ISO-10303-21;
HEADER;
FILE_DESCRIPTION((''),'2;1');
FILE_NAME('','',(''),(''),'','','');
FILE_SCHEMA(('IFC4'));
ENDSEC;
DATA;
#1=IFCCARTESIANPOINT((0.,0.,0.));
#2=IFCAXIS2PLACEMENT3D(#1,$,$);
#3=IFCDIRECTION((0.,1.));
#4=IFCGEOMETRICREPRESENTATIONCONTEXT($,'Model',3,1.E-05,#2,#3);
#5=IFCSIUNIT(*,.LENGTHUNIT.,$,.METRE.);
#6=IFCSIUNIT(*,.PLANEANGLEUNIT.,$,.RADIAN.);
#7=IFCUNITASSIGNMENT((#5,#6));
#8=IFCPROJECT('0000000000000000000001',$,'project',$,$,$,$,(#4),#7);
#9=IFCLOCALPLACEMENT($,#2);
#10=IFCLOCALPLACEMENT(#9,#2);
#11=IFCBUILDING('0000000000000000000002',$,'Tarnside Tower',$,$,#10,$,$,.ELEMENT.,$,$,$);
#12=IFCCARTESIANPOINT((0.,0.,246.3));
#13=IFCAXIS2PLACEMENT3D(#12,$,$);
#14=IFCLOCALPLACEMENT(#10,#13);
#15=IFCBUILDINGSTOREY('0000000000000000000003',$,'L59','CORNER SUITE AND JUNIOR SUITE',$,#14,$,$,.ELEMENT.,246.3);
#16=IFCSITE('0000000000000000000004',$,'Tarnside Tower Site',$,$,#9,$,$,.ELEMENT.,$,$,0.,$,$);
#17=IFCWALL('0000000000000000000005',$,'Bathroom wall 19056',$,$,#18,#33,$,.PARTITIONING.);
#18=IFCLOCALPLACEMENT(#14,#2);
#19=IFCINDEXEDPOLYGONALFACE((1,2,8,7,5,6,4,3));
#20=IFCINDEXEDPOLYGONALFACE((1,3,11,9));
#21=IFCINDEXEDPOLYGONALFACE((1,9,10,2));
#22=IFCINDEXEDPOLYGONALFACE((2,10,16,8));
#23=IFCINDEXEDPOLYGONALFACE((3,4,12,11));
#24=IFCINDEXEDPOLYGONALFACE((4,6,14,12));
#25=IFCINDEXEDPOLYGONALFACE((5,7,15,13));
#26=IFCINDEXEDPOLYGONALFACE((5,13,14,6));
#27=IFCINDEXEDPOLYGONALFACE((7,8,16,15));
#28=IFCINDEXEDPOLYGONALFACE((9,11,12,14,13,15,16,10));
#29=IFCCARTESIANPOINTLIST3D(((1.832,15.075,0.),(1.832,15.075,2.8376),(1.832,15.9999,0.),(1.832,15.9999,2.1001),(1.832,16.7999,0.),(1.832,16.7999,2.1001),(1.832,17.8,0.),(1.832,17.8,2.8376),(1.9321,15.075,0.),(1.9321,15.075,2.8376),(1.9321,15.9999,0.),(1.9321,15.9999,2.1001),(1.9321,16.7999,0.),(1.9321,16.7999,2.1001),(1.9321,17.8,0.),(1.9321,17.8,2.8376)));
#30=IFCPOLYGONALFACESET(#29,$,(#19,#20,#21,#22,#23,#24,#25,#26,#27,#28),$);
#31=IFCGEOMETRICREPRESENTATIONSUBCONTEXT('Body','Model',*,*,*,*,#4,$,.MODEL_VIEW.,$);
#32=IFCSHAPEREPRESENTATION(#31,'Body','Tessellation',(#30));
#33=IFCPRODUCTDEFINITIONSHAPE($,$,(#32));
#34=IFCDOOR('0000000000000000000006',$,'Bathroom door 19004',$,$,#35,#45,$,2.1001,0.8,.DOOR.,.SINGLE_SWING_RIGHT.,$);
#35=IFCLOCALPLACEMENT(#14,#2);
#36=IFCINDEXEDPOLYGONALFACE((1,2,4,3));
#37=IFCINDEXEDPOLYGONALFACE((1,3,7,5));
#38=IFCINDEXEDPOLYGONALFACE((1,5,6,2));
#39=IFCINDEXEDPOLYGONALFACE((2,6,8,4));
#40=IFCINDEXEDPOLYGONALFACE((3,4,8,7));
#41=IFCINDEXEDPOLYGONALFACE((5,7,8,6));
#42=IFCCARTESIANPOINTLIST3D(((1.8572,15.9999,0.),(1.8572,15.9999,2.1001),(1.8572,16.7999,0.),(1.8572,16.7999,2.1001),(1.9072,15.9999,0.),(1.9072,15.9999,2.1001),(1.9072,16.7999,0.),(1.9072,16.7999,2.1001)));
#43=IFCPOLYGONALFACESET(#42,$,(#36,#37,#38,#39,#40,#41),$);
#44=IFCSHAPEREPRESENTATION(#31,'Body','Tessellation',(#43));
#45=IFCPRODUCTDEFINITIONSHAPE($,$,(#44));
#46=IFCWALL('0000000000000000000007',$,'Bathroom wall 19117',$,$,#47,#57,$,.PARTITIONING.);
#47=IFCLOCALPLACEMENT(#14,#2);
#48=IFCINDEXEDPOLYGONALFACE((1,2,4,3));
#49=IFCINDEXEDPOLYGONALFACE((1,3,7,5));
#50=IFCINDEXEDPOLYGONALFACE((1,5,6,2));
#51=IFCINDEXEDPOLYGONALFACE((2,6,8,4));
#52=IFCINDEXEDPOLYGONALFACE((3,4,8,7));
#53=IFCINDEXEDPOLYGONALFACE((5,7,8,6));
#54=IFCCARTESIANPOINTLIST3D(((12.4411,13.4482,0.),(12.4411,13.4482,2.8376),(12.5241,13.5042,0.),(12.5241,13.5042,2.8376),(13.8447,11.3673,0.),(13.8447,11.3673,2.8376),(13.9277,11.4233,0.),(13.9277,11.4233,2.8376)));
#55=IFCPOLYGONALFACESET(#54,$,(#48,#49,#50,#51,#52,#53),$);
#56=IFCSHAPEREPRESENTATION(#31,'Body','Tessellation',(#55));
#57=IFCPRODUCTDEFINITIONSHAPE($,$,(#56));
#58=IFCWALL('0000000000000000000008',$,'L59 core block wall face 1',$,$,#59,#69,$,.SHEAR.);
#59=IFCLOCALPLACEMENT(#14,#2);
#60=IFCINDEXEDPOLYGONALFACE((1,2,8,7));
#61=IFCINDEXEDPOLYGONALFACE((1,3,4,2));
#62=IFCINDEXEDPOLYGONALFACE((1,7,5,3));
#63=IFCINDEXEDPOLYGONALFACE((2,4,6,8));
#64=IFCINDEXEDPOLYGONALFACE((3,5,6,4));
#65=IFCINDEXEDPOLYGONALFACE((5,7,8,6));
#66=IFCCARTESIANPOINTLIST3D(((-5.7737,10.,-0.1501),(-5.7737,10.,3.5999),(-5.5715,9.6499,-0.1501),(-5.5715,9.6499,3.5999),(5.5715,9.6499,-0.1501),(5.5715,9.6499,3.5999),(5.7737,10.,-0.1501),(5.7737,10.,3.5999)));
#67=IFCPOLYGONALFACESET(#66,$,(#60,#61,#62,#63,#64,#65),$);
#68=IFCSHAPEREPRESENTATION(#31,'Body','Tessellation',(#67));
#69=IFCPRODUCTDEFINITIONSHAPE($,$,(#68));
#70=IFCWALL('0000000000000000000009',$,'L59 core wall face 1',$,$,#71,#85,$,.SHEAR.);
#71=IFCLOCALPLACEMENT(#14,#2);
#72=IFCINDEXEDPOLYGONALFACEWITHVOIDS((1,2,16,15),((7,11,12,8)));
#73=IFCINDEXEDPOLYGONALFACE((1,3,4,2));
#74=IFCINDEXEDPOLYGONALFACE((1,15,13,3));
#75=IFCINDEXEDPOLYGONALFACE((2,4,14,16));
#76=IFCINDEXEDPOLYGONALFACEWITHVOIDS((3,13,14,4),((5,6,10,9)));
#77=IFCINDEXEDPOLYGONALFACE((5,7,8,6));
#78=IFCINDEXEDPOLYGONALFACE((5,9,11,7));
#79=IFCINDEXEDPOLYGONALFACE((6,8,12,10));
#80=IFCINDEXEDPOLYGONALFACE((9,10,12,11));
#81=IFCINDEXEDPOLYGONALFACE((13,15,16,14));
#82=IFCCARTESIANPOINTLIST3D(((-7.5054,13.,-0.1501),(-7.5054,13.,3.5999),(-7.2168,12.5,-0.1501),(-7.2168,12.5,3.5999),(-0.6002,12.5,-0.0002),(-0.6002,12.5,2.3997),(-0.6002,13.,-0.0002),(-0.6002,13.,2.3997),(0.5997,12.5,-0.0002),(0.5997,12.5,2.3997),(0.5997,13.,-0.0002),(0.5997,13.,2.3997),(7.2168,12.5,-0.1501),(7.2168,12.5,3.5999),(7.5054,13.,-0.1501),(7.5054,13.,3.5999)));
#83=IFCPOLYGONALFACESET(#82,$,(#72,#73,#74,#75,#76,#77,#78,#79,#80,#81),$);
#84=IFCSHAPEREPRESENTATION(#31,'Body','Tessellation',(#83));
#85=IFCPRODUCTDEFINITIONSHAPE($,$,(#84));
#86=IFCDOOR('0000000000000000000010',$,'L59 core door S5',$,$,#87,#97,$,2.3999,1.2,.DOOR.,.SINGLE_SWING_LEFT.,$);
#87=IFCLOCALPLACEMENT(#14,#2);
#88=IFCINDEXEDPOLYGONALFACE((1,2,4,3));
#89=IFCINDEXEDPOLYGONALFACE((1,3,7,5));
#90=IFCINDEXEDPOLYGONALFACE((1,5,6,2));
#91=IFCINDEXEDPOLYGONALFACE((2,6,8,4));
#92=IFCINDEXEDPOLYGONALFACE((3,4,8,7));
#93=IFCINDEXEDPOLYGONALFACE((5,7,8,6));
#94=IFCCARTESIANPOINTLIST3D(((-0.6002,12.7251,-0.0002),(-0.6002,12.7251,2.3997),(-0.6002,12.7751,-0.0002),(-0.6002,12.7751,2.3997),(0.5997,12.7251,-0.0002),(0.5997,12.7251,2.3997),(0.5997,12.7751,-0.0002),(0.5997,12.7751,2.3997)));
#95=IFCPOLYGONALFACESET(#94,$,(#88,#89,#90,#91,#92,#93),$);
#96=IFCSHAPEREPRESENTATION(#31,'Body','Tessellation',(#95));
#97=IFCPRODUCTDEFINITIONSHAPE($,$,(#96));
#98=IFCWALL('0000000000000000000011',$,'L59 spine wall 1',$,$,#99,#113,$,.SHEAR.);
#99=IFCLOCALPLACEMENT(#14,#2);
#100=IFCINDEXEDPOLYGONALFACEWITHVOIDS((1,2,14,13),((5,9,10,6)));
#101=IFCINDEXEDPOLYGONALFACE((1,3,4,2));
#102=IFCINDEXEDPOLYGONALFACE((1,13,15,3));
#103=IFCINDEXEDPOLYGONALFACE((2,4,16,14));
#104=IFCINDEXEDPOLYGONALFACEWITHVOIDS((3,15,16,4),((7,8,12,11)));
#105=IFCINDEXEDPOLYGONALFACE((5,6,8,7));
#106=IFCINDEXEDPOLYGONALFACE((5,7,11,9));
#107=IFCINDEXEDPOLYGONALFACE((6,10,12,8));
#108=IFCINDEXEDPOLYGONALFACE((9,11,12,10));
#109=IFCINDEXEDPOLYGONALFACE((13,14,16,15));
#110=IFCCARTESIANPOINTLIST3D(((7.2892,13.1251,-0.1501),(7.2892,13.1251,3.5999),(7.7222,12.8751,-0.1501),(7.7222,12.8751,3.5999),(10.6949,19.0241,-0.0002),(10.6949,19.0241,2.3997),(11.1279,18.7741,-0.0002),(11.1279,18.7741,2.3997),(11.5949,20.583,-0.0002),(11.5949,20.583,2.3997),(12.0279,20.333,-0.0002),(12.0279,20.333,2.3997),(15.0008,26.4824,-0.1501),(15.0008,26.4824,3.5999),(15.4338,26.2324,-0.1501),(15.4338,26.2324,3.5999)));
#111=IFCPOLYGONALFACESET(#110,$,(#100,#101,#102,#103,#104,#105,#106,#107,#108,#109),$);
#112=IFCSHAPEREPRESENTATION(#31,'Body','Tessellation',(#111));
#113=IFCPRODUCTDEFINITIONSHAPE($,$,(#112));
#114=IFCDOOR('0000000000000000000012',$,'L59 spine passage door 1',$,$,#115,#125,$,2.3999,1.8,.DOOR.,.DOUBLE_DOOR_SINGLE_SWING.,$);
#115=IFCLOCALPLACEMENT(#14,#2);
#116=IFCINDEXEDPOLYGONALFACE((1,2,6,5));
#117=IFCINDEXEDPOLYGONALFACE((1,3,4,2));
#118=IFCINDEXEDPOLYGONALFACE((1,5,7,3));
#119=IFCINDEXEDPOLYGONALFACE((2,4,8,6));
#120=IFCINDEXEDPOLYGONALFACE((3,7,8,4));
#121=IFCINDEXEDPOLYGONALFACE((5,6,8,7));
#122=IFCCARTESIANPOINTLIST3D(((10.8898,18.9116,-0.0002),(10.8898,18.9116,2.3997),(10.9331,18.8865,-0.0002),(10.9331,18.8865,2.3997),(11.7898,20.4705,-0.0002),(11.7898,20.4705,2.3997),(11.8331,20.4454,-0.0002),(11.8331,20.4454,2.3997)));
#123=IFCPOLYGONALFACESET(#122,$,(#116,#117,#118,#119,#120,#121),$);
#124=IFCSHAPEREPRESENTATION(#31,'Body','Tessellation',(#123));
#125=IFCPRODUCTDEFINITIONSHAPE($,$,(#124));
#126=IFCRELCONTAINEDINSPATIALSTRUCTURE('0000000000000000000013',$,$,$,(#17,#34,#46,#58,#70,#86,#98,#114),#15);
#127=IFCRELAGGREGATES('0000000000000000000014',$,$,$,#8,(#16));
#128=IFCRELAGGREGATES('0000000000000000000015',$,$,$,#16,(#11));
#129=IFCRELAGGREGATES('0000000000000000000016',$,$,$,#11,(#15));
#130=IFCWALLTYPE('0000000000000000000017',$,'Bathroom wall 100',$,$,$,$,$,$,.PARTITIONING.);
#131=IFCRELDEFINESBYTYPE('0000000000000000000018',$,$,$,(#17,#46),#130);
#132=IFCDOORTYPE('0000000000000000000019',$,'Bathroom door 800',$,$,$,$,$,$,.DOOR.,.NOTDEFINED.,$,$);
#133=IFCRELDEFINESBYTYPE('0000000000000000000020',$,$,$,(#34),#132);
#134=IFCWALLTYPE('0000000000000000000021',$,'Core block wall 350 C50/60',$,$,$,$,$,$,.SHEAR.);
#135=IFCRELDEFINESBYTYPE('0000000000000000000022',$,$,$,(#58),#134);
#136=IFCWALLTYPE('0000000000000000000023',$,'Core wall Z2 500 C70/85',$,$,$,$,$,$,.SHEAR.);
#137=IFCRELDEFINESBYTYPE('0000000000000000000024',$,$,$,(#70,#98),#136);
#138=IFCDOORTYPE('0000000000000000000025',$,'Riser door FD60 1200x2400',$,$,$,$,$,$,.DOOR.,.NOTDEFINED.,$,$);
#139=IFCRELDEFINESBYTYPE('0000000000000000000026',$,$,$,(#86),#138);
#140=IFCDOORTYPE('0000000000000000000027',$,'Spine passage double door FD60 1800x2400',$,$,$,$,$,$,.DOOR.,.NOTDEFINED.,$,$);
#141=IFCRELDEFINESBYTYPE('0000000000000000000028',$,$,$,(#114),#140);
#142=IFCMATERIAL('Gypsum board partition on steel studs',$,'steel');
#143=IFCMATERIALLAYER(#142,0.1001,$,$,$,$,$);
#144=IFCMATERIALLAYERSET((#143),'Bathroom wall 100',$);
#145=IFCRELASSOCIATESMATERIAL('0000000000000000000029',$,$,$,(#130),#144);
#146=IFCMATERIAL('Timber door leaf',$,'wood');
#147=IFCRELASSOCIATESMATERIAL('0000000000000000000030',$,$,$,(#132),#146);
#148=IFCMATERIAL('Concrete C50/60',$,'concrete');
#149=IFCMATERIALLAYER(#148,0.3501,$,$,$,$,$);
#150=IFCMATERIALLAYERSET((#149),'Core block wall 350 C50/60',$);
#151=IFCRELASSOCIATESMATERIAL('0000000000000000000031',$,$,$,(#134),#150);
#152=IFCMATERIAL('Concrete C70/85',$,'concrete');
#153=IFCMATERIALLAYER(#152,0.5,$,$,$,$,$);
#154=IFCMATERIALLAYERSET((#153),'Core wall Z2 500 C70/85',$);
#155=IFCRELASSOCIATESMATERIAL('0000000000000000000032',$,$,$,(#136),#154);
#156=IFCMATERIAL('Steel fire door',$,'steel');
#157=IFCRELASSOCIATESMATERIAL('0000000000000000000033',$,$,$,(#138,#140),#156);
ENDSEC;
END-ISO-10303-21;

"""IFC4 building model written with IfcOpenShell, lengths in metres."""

from ifc_helpers import new_model, si_unit, direction, frame, frame_2d, origin, place, context, subcontext, project, spatial, polyline, rectangle, outline, extrude, material, layer, layer_set, type_object, element, fill, save


model = new_model("IFC4")

# Units and contexts
model_context = context("Model", 3, precision=1e-05, world=origin(), true_north=direction((0.0, 1.0)))
body_context = subcontext(model_context, "Body", "Model", "MODEL_VIEW")
ifc_project = project(units=[si_unit("LENGTHUNIT", "METRE"), si_unit("PLANEANGLEUNIT", "RADIAN")], contexts=[model_context])

# Site, building, storey
site_placement = place(None, origin())
site = spatial("IfcSite", under=ifc_project, at=site_placement, Name="Tarnside Tower Site", CompositionType="ELEMENT", RefElevation=0.0)
building_placement = place(site_placement, origin())
building = spatial("IfcBuilding", under=site, at=building_placement, Name="Tarnside Tower", CompositionType="ELEMENT")
storey_placement = place(building_placement, frame((0.0, 0.0, 246.3)))
storey = spatial("IfcBuildingStorey", under=building, at=storey_placement, Name="L59", Description="CORNER SUITE AND JUNIOR SUITE", CompositionType="ELEMENT", Elevation=246.3)

# Wall, opening, door
ifc_material_1 = material(Name="Gypsum board partition on steel studs", Category="steel")
ifc_layer_1 = layer(ifc_material_1, 0.1001)
ifc_layer_set_1 = layer_set([ifc_layer_1], Name="Bathroom wall 100")
wall_type_1 = type_object("IfcWallType", Name="Bathroom wall 100", PredefinedType="PARTITIONING", material=ifc_layer_set_1)
wall_1_placement = place(storey_placement, frame((1.8821, 15.075, 0.0), z_axis=(0.0, 0.0, 1.0), x_axis=(0.0, 1.0, 0.0)))
wall_1 = element("IfcWall", 1, at=wall_1_placement, inside=storey, type_object=wall_type_1, Name="Bathroom wall 19056", PredefinedType="PARTITIONING", context=body_context, shape_type="SweptSolid", body=[
    extrude(rectangle(XDim=2.7251, YDim=0.1001, at=frame_2d((1.3625, 0.0))), origin(), (0.0, 0.0, 1.0), 2.8376),
])
opening_1_placement = place(wall_1_placement, frame((0.925, 0.0, 0.0)))
opening_1 = element("IfcOpeningElement", 2, at=opening_1_placement, cuts=wall_1, PredefinedType="OPENING", context=body_context, shape_type="SweptSolid", body=[
    extrude(rectangle(XDim=0.8, YDim=2.1001, at=frame_2d((0.3999, 1.05))), frame((0.0, 0.0601, 0.0), z_axis=(0.0, -1.0, 0.0), x_axis=(1.0, 0.0, 0.0)), (0.0, 0.0, 1.0), 0.1201),
])
ifc_material_2 = material(Name="Timber door leaf", Category="wood")
door_type_1 = type_object("IfcDoorType", Name="Bathroom door 800", OperationType="NOTDEFINED", PredefinedType="DOOR", material=ifc_material_2)
door_1_placement = place(opening_1_placement, origin())
door_1 = element("IfcDoor", 3, at=door_1_placement, inside=storey, type_object=door_type_1, Name="Bathroom door 19004", OperationType="SINGLE_SWING_RIGHT", OverallHeight=2.1001, OverallWidth=0.8, PredefinedType="DOOR", context=body_context, shape_type="SweptSolid", body=[
    extrude(rectangle(XDim=0.8, YDim=2.1001, at=frame_2d((0.3999, 1.05))), frame((0.0, 0.0249, 0.0), z_axis=(0.0, -1.0, 0.0), x_axis=(1.0, 0.0, 0.0)), (0.0, 0.0, 1.0), 0.05),
])
fill(opening_1, door_1)

# Walls
wall_2_placement = place(storey_placement, frame((12.4827, 13.4761, 0.0), z_axis=(0.0, 0.0, 1.0), x_axis=(0.559204, -0.82903, 0.0)))
element("IfcWall", 4, at=wall_2_placement, inside=storey, type_object=wall_type_1, Name="Bathroom wall 19117", PredefinedType="PARTITIONING", context=body_context, shape_type="SweptSolid", body=[
    extrude(rectangle(XDim=2.51, YDim=0.1001, at=frame_2d((1.2549, 0.0))), origin(), (0.0, 0.0, 1.0), 2.8376),
])
ifc_material_3 = material(Name="Concrete C50/60", Category="concrete")
ifc_layer_2 = layer(ifc_material_3, 0.3501)
ifc_layer_set_2 = layer_set([ifc_layer_2], Name="Core block wall 350 C50/60")
wall_type_2 = type_object("IfcWallType", Name="Core block wall 350 C50/60", PredefinedType="SHEAR", material=ifc_layer_set_2)
wall_3_placement = place(storey_placement, frame((5.6726, 9.825, -0.1501), z_axis=(0.0, 0.0, 1.0), x_axis=(-1.0, 0.0, 0.0)))
element("IfcWall", 5, at=wall_3_placement, inside=storey, type_object=wall_type_2, Name="L59 core block wall face 1", PredefinedType="SHEAR", context=body_context, shape_type="SweptSolid", body=[
    extrude(outline(polyline([(-0.1011, -0.175), (11.4463, -0.175), (11.2441, 0.175), (0.1011, 0.175), (-0.1011, -0.175)])), origin(), (0.0, 0.0, 1.0), 3.75),
])

# Walls, openings, doors
ifc_material_4 = material(Name="Concrete C70/85", Category="concrete")
ifc_layer_3 = layer(ifc_material_4, 0.5)
ifc_layer_set_3 = layer_set([ifc_layer_3], Name="Core wall Z2 500 C70/85")
wall_type_3 = type_object("IfcWallType", Name="Core wall Z2 500 C70/85", PredefinedType="SHEAR", material=ifc_layer_set_3)
wall_4_placement = place(storey_placement, frame((7.3611, 12.75, -0.1501), z_axis=(0.0, 0.0, 1.0), x_axis=(-1.0, 0.0, 0.0)))
wall_4 = element("IfcWall", 6, at=wall_4_placement, inside=storey, type_object=wall_type_3, Name="L59 core wall face 1", PredefinedType="SHEAR", context=body_context, shape_type="SweptSolid", body=[
    extrude(outline(polyline([(-0.1443, -0.25), (14.8665, -0.25), (14.5779, 0.25), (0.1443, 0.25), (-0.1443, -0.25)])), origin(), (0.0, 0.0, 1.0), 3.75),
])
opening_2_placement = place(wall_4_placement, frame((6.7612, 0.0, 0.1499)))
opening_2 = element("IfcOpeningElement", 7, at=opening_2_placement, cuts=wall_4, PredefinedType="OPENING", context=body_context, shape_type="SweptSolid", body=[
    extrude(rectangle(XDim=1.2, YDim=2.3999, at=frame_2d((0.6001, 1.2))), frame((0.0, 0.26, 0.0), z_axis=(0.0, -1.0, 0.0), x_axis=(1.0, 0.0, 0.0)), (0.0, 0.0, 1.0), 0.52),
])
ifc_material_5 = material(Name="Steel fire door", Category="steel")
door_type_2 = type_object("IfcDoorType", Name="Riser door FD60 1200x2400", OperationType="NOTDEFINED", PredefinedType="DOOR", material=ifc_material_5)
door_2_placement = place(opening_2_placement, origin())
door_2 = element("IfcDoor", 8, at=door_2_placement, inside=storey, type_object=door_type_2, Name="L59 core door S5", OperationType="SINGLE_SWING_LEFT", OverallHeight=2.3999, OverallWidth=1.2, PredefinedType="DOOR", context=body_context, shape_type="SweptSolid", body=[
    extrude(rectangle(XDim=1.2, YDim=2.3999, at=frame_2d((0.6001, 1.2))), frame((0.0, 0.0249, 0.0), z_axis=(0.0, -1.0, 0.0), x_axis=(1.0, 0.0, 0.0)), (0.0, 0.0, 1.0), 0.05),
])
fill(opening_2, door_2)
wall_5_placement = place(storey_placement, frame((7.5056, 13.0, -0.1501), z_axis=(0.0, 0.0, 1.0), x_axis=(0.499988, 0.866032, 0.0)))
wall_5 = element("IfcWall", 9, at=wall_5_placement, inside=storey, type_object=wall_type_3, Name="L59 spine wall 1", PredefinedType="SHEAR", context=body_context, shape_type="SweptSolid", body=[
    extrude(rectangle(XDim=15.4236, YDim=0.5, at=frame_2d((7.7119, 0.0))), origin(), (0.0, 0.0, 1.0), 3.75),
])
opening_3_placement = place(wall_5_placement, frame((6.8118, 0.0, 0.1499)))
opening_3 = element("IfcOpeningElement", 10, at=opening_3_placement, cuts=wall_5, PredefinedType="OPENING", context=body_context, shape_type="SweptSolid", body=[
    extrude(rectangle(XDim=1.8, YDim=2.3999, at=frame_2d((0.8999, 1.2))), frame((0.0, 0.26, 0.0), z_axis=(0.0, -1.0, 0.0), x_axis=(1.0, 0.0, 0.0)), (0.0, 0.0, 1.0), 0.52),
])
door_type_3 = type_object("IfcDoorType", Name="Spine passage double door FD60 1800x2400", OperationType="NOTDEFINED", PredefinedType="DOOR", material=ifc_material_5)
door_3_placement = place(opening_3_placement, origin())
door_3 = element("IfcDoor", 11, at=door_3_placement, inside=storey, type_object=door_type_3, Name="L59 spine passage door 1", OperationType="DOUBLE_DOOR_SINGLE_SWING", OverallHeight=2.3999, OverallWidth=1.8, PredefinedType="DOOR", context=body_context, shape_type="SweptSolid", body=[
    extrude(rectangle(XDim=1.8, YDim=2.3999, at=frame_2d((0.8999, 1.2))), frame((0.0, 0.0249, 0.0), z_axis=(0.0, -1.0, 0.0), x_axis=(1.0, 0.0, 0.0)), (0.0, 0.0, 1.0), 0.05),
])
fill(opening_3, door_3)

save(model, "model.ifc")
